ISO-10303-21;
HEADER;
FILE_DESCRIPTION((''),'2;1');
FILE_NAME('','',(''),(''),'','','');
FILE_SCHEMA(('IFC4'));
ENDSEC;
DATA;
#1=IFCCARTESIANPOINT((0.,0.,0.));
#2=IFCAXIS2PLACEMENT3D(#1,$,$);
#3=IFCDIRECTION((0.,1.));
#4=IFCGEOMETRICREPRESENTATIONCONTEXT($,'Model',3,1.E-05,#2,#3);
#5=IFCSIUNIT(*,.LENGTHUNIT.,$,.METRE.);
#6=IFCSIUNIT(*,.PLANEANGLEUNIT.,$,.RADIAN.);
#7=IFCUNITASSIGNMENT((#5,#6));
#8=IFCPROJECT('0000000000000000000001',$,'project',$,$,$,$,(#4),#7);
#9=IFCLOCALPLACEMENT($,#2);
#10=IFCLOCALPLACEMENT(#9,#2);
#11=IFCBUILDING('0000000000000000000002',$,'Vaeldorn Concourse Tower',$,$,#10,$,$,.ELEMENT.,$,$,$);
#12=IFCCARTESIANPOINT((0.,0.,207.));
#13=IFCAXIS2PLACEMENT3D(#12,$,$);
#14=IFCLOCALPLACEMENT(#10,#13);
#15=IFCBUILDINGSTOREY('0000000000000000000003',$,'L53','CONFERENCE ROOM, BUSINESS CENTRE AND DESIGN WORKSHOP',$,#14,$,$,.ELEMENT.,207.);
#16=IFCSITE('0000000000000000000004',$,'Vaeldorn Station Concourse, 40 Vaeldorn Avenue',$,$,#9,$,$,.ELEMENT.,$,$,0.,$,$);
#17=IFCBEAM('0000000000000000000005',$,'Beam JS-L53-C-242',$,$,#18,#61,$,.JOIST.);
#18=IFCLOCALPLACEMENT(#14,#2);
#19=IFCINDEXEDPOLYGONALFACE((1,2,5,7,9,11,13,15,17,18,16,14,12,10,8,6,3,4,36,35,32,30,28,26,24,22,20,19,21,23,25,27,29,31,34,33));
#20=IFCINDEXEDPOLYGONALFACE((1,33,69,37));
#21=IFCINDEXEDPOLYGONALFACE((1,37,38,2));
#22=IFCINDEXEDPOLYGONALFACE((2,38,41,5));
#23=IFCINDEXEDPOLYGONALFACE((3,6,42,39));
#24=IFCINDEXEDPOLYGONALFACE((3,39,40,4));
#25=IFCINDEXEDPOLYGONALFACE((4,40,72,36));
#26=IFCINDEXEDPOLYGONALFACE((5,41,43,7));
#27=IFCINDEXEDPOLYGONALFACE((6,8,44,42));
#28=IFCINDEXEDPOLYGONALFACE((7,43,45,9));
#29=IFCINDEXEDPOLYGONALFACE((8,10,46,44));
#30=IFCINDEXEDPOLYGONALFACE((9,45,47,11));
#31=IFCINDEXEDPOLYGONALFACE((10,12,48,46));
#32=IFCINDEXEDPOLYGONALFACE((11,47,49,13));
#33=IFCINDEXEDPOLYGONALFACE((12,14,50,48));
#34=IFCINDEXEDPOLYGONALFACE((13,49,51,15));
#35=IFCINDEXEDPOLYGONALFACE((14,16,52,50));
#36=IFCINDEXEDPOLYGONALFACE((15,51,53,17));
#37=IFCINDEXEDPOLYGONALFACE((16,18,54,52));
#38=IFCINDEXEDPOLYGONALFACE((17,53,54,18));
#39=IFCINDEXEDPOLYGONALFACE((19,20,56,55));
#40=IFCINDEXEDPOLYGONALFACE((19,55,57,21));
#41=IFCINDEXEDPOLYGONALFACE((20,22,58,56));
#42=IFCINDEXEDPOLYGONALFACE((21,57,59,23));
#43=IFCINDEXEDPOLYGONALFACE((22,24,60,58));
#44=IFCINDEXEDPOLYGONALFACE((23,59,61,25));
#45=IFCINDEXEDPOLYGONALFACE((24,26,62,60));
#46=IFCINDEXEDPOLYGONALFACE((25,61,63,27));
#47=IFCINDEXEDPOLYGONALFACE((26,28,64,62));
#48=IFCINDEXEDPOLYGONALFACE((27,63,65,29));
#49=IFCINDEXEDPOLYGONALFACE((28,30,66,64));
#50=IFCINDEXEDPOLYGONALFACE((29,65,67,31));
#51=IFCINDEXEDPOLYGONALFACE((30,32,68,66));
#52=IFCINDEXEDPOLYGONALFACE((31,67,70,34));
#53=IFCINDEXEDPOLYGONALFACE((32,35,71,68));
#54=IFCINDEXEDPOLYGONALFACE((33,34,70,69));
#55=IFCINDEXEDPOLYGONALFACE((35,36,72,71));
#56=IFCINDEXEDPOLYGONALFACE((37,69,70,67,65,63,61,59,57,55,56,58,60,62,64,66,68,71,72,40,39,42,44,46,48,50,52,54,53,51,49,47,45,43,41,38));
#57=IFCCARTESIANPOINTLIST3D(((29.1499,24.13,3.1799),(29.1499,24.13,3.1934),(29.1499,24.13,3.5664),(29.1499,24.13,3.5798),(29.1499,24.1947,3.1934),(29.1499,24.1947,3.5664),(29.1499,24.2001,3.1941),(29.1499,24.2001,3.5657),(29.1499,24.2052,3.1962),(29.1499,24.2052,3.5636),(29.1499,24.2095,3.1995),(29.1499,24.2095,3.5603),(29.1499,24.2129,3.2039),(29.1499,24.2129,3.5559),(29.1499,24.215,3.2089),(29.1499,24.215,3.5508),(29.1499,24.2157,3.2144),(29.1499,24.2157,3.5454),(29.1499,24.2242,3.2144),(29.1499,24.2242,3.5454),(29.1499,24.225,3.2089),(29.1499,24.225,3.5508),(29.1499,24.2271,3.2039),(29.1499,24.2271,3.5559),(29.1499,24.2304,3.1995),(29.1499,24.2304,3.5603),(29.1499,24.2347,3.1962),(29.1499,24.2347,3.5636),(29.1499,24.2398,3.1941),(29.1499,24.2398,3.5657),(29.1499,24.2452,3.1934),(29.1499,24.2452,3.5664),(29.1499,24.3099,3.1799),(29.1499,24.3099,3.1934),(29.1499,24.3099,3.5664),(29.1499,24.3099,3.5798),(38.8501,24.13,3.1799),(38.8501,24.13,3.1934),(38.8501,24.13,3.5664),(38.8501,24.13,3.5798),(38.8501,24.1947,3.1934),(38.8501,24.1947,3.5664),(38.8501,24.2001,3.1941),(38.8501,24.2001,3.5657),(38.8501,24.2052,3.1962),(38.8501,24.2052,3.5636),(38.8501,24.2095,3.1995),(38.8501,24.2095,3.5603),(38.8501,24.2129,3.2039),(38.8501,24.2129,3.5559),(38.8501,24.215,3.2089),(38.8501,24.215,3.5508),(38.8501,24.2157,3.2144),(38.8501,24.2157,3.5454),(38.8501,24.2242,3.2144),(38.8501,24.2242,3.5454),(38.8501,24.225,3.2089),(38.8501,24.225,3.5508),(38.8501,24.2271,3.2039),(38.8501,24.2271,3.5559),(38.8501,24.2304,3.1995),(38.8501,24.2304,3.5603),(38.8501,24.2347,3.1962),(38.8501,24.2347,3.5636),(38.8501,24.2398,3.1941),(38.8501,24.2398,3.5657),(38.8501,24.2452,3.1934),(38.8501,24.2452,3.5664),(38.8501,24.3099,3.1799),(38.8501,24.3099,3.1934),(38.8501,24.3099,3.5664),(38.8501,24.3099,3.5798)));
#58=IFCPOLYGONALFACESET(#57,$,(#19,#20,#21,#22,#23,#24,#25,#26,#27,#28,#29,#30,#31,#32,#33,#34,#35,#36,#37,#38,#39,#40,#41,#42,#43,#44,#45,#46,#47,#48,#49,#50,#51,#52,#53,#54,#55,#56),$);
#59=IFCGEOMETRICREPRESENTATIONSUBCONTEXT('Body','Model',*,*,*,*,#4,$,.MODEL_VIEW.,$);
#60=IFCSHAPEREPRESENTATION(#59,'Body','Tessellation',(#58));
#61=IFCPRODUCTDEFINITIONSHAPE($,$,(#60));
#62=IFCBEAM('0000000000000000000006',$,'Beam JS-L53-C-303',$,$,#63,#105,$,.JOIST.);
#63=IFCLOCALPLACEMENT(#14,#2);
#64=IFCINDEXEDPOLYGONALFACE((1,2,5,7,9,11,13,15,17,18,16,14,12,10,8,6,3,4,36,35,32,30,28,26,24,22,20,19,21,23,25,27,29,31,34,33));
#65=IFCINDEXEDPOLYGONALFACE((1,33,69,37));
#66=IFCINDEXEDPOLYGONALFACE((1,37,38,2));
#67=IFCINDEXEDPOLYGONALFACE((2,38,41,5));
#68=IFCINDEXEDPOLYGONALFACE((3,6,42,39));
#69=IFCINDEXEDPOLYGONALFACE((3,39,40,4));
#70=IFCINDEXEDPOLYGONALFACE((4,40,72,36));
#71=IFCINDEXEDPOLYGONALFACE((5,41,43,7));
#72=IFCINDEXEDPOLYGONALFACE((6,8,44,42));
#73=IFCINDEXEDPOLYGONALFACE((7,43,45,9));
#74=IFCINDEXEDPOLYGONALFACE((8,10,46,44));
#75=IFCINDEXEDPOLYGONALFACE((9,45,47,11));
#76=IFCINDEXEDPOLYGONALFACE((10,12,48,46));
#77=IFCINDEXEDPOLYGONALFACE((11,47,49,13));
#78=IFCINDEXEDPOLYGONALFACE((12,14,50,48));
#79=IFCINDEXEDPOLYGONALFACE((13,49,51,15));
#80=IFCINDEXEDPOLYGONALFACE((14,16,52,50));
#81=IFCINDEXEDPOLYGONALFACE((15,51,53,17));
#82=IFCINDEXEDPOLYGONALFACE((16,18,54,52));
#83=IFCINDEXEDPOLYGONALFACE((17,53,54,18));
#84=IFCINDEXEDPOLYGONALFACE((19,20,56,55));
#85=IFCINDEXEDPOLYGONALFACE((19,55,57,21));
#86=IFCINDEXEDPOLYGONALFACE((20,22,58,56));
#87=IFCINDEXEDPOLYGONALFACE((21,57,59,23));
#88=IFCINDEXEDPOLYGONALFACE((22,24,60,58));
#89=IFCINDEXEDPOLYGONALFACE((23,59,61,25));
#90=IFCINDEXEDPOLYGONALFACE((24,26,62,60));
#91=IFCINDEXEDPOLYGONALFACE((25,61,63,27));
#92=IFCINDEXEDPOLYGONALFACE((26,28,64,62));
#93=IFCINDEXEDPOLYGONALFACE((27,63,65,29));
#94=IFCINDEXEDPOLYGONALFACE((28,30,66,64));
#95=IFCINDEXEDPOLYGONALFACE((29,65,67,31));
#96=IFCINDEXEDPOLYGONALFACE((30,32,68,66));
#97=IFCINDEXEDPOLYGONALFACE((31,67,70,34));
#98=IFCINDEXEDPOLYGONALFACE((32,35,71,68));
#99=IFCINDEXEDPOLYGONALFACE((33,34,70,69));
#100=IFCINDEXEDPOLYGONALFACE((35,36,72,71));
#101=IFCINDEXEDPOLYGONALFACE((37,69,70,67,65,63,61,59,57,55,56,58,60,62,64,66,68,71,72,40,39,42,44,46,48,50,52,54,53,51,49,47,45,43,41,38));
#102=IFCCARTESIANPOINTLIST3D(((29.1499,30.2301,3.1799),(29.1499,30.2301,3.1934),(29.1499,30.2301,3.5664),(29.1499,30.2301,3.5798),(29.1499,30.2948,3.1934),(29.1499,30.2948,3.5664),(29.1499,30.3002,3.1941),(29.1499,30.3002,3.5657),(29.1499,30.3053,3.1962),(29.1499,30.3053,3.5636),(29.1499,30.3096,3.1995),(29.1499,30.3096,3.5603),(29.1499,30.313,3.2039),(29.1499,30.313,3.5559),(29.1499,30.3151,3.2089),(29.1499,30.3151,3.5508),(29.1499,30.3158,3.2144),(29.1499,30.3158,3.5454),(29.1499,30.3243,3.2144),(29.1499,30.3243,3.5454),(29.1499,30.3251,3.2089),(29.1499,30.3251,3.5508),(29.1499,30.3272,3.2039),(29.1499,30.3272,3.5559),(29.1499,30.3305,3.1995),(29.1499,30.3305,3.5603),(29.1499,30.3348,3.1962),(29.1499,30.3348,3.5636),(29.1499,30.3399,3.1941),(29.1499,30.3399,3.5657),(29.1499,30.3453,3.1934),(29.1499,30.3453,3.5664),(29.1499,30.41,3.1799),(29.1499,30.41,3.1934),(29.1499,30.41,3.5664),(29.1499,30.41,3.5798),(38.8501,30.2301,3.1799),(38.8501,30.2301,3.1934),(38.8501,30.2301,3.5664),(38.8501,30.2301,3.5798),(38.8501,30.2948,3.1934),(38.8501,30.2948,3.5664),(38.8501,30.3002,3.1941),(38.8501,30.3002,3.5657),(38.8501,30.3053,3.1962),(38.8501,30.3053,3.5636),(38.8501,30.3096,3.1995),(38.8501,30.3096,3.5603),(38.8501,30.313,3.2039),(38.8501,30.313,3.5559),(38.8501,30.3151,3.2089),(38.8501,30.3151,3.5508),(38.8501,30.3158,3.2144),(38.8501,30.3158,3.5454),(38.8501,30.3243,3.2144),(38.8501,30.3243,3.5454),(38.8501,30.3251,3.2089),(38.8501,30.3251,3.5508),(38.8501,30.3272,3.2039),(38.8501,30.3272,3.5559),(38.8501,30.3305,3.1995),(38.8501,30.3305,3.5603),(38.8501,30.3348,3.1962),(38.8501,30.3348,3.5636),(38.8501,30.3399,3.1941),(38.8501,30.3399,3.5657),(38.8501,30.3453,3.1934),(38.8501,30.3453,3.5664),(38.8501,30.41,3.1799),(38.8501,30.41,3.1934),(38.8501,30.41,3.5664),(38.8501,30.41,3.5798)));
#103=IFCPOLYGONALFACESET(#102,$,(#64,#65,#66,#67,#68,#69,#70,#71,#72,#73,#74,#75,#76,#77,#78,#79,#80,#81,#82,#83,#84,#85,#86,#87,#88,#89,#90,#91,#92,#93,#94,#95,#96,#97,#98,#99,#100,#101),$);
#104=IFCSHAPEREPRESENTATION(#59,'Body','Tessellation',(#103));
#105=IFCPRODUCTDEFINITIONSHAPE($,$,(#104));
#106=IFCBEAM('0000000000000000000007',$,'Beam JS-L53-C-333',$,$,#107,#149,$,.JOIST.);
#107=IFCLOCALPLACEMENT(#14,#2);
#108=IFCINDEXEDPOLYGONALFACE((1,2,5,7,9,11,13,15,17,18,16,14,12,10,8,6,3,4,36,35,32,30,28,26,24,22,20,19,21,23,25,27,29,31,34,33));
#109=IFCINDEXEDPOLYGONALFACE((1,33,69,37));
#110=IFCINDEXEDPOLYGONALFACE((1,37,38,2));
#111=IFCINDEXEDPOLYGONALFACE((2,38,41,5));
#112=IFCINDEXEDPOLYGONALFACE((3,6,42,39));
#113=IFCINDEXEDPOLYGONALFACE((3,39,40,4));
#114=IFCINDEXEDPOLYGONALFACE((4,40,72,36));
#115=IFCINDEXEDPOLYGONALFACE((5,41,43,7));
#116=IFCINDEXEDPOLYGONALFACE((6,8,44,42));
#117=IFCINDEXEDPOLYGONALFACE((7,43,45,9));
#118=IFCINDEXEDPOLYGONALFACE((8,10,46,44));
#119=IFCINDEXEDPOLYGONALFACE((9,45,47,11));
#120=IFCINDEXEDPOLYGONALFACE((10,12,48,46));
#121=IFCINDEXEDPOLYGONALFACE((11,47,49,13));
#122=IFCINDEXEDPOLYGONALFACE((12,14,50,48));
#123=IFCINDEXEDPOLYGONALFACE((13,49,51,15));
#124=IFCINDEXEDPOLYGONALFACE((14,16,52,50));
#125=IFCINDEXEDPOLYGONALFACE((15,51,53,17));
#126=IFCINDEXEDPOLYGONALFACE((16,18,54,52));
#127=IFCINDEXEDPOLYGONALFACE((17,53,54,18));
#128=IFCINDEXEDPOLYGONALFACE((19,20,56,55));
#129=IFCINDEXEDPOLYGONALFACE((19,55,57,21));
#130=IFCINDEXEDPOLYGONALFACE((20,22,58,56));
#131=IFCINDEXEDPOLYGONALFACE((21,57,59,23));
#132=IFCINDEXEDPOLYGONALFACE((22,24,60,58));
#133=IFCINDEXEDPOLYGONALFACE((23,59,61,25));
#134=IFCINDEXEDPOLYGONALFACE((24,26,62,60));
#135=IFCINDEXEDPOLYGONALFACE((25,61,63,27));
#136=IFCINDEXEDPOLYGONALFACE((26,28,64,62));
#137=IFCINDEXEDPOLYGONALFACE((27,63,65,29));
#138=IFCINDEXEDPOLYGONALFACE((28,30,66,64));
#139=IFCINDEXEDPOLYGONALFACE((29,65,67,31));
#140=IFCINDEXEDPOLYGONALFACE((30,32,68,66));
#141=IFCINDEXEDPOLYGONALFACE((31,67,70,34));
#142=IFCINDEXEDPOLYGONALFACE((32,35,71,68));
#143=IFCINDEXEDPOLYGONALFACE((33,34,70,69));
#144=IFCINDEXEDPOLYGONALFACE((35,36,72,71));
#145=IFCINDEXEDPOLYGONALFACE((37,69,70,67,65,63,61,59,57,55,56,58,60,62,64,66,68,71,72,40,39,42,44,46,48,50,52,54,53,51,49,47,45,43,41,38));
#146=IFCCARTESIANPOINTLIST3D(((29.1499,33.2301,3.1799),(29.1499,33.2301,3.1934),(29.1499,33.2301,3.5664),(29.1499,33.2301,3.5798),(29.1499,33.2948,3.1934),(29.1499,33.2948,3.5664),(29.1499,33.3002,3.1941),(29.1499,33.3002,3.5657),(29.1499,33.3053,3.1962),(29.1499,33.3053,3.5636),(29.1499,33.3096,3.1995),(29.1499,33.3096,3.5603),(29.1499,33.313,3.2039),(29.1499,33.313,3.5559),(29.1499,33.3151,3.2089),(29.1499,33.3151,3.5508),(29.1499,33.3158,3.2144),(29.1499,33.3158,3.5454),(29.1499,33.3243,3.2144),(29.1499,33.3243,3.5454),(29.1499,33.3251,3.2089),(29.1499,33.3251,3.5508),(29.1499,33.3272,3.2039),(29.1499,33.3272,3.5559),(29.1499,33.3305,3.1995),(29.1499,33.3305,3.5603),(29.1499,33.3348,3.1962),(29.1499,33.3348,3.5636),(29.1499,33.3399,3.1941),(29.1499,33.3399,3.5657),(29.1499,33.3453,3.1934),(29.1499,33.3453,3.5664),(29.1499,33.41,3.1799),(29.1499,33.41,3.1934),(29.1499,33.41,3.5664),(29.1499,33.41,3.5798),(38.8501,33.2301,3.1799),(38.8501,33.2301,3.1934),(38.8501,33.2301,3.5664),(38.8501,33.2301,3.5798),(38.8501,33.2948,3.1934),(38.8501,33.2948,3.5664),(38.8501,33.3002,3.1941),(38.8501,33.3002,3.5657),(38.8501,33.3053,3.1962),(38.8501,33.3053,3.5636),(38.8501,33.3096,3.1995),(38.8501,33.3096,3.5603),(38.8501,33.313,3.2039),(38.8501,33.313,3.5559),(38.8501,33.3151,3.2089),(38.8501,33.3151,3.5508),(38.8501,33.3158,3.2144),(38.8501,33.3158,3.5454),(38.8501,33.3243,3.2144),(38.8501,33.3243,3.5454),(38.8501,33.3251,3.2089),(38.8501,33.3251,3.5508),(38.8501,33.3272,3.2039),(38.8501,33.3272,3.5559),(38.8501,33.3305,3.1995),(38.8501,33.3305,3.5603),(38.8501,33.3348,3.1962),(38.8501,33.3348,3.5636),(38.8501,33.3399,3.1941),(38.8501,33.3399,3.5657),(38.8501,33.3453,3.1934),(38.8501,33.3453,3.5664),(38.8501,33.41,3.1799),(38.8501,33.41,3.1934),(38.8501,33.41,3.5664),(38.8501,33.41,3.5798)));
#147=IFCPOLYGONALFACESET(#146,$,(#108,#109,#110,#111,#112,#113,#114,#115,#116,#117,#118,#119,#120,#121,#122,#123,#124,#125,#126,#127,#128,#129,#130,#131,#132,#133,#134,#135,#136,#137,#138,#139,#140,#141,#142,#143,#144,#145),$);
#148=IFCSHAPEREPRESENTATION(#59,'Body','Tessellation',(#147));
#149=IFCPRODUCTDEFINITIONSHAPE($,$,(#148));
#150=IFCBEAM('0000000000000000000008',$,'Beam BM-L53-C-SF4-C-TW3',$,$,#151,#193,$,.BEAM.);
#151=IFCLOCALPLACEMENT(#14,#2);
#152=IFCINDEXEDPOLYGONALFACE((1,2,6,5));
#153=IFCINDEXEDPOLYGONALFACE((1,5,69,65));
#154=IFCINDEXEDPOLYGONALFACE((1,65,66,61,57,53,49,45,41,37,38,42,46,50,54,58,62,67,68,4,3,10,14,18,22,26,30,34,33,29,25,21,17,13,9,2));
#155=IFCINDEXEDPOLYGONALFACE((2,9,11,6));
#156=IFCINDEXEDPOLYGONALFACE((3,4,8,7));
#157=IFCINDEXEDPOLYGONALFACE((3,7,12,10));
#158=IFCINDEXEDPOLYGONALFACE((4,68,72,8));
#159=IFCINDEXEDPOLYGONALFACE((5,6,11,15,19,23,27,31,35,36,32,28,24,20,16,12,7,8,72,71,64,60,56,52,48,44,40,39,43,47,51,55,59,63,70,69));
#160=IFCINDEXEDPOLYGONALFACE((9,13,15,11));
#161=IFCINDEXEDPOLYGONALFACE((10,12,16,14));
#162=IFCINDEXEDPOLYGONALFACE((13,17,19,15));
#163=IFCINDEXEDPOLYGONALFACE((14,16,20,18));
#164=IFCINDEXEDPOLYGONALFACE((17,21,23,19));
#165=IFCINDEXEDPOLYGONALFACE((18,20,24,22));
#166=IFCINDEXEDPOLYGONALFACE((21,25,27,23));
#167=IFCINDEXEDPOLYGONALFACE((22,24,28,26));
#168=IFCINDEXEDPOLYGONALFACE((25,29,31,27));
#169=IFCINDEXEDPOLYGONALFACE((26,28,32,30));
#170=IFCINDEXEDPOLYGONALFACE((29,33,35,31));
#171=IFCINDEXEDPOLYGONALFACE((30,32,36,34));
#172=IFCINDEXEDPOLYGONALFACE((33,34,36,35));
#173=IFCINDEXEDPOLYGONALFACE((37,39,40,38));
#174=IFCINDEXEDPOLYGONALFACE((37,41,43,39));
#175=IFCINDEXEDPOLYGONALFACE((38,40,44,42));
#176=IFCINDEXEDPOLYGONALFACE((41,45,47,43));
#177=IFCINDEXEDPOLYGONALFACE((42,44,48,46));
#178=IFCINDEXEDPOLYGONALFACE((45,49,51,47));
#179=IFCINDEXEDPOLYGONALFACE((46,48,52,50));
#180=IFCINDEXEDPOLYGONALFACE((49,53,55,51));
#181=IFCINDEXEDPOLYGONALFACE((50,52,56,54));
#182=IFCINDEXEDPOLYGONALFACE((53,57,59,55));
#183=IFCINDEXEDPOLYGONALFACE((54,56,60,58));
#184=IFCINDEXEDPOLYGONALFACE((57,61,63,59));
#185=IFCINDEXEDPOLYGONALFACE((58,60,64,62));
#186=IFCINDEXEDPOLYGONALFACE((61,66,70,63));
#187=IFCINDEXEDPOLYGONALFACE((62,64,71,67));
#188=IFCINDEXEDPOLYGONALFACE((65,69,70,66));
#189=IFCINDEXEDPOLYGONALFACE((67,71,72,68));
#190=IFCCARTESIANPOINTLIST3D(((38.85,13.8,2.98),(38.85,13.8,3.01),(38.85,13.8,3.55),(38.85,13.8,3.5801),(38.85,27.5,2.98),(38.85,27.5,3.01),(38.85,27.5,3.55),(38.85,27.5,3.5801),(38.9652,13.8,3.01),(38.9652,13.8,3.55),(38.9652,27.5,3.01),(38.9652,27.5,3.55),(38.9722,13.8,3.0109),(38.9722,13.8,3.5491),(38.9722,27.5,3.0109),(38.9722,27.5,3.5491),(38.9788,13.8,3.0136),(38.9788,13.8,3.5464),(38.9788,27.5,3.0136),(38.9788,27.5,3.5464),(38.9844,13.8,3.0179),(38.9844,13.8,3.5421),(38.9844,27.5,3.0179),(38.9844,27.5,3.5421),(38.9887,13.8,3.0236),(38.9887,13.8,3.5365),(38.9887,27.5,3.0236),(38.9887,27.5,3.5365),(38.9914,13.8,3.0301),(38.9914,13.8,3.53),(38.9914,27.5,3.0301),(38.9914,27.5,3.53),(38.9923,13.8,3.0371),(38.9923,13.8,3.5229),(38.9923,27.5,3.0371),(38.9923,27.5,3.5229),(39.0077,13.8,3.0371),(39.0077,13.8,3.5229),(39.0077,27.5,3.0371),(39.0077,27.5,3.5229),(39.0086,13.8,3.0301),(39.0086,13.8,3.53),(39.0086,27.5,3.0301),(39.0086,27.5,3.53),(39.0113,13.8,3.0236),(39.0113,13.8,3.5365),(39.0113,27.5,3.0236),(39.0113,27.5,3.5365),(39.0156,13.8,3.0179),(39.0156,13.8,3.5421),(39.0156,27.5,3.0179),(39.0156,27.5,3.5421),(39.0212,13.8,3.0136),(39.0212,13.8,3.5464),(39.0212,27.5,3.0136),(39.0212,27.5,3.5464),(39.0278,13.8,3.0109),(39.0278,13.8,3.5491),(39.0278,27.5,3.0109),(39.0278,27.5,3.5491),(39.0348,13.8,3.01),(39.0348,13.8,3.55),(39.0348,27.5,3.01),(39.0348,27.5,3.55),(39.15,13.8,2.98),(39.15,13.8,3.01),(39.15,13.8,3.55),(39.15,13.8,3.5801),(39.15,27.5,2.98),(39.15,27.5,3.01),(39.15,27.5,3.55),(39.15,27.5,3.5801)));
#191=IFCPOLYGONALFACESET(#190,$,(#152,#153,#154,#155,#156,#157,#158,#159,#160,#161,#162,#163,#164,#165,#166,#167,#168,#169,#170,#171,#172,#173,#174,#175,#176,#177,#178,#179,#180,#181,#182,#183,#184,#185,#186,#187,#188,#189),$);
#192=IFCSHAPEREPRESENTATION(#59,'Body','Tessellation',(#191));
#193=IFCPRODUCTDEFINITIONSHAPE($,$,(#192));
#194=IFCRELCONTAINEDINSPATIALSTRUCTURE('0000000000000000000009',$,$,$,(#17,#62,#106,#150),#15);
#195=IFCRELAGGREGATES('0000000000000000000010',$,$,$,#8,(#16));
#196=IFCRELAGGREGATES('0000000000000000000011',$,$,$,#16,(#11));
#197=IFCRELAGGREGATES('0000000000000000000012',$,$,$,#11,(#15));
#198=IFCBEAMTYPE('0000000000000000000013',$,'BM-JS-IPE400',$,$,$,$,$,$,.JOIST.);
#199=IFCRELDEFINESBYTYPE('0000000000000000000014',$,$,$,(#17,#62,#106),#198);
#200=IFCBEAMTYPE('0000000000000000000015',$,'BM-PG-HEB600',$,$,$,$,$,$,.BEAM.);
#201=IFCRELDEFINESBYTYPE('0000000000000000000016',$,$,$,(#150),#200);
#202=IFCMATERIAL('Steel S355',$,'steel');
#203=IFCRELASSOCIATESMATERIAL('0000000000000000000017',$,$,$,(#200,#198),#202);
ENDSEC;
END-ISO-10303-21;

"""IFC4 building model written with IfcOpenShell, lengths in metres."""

from ifc_helpers import new_model, si_unit, direction, frame, origin, origin_2d, place, context, subcontext, project, spatial, i_section, extrude, source, transform, mapped, material, material_profile, profile_set, type_object, element, save


model = new_model("IFC4")

# Units and contexts
model_context = context("Model", 3, precision=1e-05, world=origin(), true_north=direction((0.0, 1.0)))
body_context = subcontext(model_context, "Body", "Model", "MODEL_VIEW")
ifc_project = project(units=[si_unit("LENGTHUNIT", "METRE"), si_unit("PLANEANGLEUNIT", "RADIAN")], contexts=[model_context])

# Site, building, storey
site_placement = place(None, origin())
site = spatial("IfcSite", under=ifc_project, at=site_placement, Name="Vaeldorn Station Concourse, 40 Vaeldorn Avenue", CompositionType="ELEMENT", RefElevation=0.0)
building_placement = place(site_placement, origin())
building = spatial("IfcBuilding", under=site, at=building_placement, Name="Vaeldorn Concourse Tower", CompositionType="ELEMENT")
storey_placement = place(building_placement, frame((0.0, 0.0, 207.0)))
storey = spatial("IfcBuildingStorey", under=building, at=storey_placement, Name="L53", Description="CONFERENCE ROOM, BUSINESS CENTRE AND DESIGN WORKSHOP", CompositionType="ELEMENT", Elevation=207.0)

# Shared definitions
ifc_material_1 = material(Name="Steel S355", Category="steel")

# Beams
ifc_material_profile_1 = material_profile(ifc_material_1, i_section(OverallWidth=0.3, OverallDepth=0.6001, WebThickness=0.0154, FlangeThickness=0.03, FilletRadius=0.0271, at=origin_2d()), Name="HEB 600")
ifc_profile_set_1 = profile_set([ifc_material_profile_1], Name="Steel S355")
beam_type_1 = type_object("IfcBeamType", Name="BM-PG-HEB600", PredefinedType="BEAM", material=ifc_profile_set_1)
ifc_material_profile_2 = material_profile(ifc_material_1, i_section(OverallWidth=0.1799, OverallDepth=0.3999, WebThickness=0.0085, FlangeThickness=0.0134, FilletRadius=0.021, at=origin_2d()), Name="IPE 400")
ifc_profile_set_2 = profile_set([ifc_material_profile_2], Name="Steel S355")
beam_type_2 = type_object("IfcBeamType", Name="BM-JS-IPE400", PredefinedType="JOIST", material=ifc_profile_set_2)
shared_shape_1 = source(origin(), body_context, "Body", "SweptSolid", [
    extrude(i_section(OverallWidth=0.1799, OverallDepth=0.3999, WebThickness=0.0085, FlangeThickness=0.0134, FilletRadius=0.021, at=origin_2d()), origin(), (0.0, 0.0, 1.0), 9.7002),
])
for number, where, z_axis, x_axis, name in (
    (1, (29.1499, 24.22, 3.3799), (1.0, 0.0, 0.0), (0.0, 1.0, 0.0), "Beam JS-L53-C-242"),
    (2, (29.1499, 30.3201, 3.3799), (1.0, 0.0, 0.0), (0.0, 1.0, 0.0), "Beam JS-L53-C-303"),
    (3, (29.1499, 33.3201, 3.3799), (1.0, 0.0, 0.0), (0.0, 1.0, 0.0), "Beam JS-L53-C-333"),
):
    element("IfcBeam", number, at=place(storey_placement, frame(where, z_axis=z_axis, x_axis=x_axis)), inside=storey, type_object=beam_type_2, Name=name, PredefinedType="JOIST", context=body_context, shape_type="MappedRepresentation", body=[
        mapped(shared_shape_1, transform((0.0, 0.0, 0.0), scale=1.0)),
    ])
shared_shape_2 = source(origin(), body_context, "Body", "SweptSolid", [
    extrude(i_section(OverallWidth=0.3, OverallDepth=0.6001, WebThickness=0.0154, FlangeThickness=0.03, FilletRadius=0.0271, at=origin_2d()), origin(), (0.0, 0.0, 1.0), 13.7),
])
beam_1_placement = place(storey_placement, frame((39.0, 13.8, 3.28), z_axis=(0.0, 1.0, 0.0), x_axis=(-1.0, 0.0, 0.0)))
element("IfcBeam", 4, at=beam_1_placement, inside=storey, type_object=beam_type_1, Name="Beam BM-L53-C-SF4-C-TW3", PredefinedType="BEAM", context=body_context, shape_type="MappedRepresentation", body=[
    mapped(shared_shape_2, transform((0.0, 0.0, 0.0), scale=1.0)),
])

save(model, "model.ifc")
